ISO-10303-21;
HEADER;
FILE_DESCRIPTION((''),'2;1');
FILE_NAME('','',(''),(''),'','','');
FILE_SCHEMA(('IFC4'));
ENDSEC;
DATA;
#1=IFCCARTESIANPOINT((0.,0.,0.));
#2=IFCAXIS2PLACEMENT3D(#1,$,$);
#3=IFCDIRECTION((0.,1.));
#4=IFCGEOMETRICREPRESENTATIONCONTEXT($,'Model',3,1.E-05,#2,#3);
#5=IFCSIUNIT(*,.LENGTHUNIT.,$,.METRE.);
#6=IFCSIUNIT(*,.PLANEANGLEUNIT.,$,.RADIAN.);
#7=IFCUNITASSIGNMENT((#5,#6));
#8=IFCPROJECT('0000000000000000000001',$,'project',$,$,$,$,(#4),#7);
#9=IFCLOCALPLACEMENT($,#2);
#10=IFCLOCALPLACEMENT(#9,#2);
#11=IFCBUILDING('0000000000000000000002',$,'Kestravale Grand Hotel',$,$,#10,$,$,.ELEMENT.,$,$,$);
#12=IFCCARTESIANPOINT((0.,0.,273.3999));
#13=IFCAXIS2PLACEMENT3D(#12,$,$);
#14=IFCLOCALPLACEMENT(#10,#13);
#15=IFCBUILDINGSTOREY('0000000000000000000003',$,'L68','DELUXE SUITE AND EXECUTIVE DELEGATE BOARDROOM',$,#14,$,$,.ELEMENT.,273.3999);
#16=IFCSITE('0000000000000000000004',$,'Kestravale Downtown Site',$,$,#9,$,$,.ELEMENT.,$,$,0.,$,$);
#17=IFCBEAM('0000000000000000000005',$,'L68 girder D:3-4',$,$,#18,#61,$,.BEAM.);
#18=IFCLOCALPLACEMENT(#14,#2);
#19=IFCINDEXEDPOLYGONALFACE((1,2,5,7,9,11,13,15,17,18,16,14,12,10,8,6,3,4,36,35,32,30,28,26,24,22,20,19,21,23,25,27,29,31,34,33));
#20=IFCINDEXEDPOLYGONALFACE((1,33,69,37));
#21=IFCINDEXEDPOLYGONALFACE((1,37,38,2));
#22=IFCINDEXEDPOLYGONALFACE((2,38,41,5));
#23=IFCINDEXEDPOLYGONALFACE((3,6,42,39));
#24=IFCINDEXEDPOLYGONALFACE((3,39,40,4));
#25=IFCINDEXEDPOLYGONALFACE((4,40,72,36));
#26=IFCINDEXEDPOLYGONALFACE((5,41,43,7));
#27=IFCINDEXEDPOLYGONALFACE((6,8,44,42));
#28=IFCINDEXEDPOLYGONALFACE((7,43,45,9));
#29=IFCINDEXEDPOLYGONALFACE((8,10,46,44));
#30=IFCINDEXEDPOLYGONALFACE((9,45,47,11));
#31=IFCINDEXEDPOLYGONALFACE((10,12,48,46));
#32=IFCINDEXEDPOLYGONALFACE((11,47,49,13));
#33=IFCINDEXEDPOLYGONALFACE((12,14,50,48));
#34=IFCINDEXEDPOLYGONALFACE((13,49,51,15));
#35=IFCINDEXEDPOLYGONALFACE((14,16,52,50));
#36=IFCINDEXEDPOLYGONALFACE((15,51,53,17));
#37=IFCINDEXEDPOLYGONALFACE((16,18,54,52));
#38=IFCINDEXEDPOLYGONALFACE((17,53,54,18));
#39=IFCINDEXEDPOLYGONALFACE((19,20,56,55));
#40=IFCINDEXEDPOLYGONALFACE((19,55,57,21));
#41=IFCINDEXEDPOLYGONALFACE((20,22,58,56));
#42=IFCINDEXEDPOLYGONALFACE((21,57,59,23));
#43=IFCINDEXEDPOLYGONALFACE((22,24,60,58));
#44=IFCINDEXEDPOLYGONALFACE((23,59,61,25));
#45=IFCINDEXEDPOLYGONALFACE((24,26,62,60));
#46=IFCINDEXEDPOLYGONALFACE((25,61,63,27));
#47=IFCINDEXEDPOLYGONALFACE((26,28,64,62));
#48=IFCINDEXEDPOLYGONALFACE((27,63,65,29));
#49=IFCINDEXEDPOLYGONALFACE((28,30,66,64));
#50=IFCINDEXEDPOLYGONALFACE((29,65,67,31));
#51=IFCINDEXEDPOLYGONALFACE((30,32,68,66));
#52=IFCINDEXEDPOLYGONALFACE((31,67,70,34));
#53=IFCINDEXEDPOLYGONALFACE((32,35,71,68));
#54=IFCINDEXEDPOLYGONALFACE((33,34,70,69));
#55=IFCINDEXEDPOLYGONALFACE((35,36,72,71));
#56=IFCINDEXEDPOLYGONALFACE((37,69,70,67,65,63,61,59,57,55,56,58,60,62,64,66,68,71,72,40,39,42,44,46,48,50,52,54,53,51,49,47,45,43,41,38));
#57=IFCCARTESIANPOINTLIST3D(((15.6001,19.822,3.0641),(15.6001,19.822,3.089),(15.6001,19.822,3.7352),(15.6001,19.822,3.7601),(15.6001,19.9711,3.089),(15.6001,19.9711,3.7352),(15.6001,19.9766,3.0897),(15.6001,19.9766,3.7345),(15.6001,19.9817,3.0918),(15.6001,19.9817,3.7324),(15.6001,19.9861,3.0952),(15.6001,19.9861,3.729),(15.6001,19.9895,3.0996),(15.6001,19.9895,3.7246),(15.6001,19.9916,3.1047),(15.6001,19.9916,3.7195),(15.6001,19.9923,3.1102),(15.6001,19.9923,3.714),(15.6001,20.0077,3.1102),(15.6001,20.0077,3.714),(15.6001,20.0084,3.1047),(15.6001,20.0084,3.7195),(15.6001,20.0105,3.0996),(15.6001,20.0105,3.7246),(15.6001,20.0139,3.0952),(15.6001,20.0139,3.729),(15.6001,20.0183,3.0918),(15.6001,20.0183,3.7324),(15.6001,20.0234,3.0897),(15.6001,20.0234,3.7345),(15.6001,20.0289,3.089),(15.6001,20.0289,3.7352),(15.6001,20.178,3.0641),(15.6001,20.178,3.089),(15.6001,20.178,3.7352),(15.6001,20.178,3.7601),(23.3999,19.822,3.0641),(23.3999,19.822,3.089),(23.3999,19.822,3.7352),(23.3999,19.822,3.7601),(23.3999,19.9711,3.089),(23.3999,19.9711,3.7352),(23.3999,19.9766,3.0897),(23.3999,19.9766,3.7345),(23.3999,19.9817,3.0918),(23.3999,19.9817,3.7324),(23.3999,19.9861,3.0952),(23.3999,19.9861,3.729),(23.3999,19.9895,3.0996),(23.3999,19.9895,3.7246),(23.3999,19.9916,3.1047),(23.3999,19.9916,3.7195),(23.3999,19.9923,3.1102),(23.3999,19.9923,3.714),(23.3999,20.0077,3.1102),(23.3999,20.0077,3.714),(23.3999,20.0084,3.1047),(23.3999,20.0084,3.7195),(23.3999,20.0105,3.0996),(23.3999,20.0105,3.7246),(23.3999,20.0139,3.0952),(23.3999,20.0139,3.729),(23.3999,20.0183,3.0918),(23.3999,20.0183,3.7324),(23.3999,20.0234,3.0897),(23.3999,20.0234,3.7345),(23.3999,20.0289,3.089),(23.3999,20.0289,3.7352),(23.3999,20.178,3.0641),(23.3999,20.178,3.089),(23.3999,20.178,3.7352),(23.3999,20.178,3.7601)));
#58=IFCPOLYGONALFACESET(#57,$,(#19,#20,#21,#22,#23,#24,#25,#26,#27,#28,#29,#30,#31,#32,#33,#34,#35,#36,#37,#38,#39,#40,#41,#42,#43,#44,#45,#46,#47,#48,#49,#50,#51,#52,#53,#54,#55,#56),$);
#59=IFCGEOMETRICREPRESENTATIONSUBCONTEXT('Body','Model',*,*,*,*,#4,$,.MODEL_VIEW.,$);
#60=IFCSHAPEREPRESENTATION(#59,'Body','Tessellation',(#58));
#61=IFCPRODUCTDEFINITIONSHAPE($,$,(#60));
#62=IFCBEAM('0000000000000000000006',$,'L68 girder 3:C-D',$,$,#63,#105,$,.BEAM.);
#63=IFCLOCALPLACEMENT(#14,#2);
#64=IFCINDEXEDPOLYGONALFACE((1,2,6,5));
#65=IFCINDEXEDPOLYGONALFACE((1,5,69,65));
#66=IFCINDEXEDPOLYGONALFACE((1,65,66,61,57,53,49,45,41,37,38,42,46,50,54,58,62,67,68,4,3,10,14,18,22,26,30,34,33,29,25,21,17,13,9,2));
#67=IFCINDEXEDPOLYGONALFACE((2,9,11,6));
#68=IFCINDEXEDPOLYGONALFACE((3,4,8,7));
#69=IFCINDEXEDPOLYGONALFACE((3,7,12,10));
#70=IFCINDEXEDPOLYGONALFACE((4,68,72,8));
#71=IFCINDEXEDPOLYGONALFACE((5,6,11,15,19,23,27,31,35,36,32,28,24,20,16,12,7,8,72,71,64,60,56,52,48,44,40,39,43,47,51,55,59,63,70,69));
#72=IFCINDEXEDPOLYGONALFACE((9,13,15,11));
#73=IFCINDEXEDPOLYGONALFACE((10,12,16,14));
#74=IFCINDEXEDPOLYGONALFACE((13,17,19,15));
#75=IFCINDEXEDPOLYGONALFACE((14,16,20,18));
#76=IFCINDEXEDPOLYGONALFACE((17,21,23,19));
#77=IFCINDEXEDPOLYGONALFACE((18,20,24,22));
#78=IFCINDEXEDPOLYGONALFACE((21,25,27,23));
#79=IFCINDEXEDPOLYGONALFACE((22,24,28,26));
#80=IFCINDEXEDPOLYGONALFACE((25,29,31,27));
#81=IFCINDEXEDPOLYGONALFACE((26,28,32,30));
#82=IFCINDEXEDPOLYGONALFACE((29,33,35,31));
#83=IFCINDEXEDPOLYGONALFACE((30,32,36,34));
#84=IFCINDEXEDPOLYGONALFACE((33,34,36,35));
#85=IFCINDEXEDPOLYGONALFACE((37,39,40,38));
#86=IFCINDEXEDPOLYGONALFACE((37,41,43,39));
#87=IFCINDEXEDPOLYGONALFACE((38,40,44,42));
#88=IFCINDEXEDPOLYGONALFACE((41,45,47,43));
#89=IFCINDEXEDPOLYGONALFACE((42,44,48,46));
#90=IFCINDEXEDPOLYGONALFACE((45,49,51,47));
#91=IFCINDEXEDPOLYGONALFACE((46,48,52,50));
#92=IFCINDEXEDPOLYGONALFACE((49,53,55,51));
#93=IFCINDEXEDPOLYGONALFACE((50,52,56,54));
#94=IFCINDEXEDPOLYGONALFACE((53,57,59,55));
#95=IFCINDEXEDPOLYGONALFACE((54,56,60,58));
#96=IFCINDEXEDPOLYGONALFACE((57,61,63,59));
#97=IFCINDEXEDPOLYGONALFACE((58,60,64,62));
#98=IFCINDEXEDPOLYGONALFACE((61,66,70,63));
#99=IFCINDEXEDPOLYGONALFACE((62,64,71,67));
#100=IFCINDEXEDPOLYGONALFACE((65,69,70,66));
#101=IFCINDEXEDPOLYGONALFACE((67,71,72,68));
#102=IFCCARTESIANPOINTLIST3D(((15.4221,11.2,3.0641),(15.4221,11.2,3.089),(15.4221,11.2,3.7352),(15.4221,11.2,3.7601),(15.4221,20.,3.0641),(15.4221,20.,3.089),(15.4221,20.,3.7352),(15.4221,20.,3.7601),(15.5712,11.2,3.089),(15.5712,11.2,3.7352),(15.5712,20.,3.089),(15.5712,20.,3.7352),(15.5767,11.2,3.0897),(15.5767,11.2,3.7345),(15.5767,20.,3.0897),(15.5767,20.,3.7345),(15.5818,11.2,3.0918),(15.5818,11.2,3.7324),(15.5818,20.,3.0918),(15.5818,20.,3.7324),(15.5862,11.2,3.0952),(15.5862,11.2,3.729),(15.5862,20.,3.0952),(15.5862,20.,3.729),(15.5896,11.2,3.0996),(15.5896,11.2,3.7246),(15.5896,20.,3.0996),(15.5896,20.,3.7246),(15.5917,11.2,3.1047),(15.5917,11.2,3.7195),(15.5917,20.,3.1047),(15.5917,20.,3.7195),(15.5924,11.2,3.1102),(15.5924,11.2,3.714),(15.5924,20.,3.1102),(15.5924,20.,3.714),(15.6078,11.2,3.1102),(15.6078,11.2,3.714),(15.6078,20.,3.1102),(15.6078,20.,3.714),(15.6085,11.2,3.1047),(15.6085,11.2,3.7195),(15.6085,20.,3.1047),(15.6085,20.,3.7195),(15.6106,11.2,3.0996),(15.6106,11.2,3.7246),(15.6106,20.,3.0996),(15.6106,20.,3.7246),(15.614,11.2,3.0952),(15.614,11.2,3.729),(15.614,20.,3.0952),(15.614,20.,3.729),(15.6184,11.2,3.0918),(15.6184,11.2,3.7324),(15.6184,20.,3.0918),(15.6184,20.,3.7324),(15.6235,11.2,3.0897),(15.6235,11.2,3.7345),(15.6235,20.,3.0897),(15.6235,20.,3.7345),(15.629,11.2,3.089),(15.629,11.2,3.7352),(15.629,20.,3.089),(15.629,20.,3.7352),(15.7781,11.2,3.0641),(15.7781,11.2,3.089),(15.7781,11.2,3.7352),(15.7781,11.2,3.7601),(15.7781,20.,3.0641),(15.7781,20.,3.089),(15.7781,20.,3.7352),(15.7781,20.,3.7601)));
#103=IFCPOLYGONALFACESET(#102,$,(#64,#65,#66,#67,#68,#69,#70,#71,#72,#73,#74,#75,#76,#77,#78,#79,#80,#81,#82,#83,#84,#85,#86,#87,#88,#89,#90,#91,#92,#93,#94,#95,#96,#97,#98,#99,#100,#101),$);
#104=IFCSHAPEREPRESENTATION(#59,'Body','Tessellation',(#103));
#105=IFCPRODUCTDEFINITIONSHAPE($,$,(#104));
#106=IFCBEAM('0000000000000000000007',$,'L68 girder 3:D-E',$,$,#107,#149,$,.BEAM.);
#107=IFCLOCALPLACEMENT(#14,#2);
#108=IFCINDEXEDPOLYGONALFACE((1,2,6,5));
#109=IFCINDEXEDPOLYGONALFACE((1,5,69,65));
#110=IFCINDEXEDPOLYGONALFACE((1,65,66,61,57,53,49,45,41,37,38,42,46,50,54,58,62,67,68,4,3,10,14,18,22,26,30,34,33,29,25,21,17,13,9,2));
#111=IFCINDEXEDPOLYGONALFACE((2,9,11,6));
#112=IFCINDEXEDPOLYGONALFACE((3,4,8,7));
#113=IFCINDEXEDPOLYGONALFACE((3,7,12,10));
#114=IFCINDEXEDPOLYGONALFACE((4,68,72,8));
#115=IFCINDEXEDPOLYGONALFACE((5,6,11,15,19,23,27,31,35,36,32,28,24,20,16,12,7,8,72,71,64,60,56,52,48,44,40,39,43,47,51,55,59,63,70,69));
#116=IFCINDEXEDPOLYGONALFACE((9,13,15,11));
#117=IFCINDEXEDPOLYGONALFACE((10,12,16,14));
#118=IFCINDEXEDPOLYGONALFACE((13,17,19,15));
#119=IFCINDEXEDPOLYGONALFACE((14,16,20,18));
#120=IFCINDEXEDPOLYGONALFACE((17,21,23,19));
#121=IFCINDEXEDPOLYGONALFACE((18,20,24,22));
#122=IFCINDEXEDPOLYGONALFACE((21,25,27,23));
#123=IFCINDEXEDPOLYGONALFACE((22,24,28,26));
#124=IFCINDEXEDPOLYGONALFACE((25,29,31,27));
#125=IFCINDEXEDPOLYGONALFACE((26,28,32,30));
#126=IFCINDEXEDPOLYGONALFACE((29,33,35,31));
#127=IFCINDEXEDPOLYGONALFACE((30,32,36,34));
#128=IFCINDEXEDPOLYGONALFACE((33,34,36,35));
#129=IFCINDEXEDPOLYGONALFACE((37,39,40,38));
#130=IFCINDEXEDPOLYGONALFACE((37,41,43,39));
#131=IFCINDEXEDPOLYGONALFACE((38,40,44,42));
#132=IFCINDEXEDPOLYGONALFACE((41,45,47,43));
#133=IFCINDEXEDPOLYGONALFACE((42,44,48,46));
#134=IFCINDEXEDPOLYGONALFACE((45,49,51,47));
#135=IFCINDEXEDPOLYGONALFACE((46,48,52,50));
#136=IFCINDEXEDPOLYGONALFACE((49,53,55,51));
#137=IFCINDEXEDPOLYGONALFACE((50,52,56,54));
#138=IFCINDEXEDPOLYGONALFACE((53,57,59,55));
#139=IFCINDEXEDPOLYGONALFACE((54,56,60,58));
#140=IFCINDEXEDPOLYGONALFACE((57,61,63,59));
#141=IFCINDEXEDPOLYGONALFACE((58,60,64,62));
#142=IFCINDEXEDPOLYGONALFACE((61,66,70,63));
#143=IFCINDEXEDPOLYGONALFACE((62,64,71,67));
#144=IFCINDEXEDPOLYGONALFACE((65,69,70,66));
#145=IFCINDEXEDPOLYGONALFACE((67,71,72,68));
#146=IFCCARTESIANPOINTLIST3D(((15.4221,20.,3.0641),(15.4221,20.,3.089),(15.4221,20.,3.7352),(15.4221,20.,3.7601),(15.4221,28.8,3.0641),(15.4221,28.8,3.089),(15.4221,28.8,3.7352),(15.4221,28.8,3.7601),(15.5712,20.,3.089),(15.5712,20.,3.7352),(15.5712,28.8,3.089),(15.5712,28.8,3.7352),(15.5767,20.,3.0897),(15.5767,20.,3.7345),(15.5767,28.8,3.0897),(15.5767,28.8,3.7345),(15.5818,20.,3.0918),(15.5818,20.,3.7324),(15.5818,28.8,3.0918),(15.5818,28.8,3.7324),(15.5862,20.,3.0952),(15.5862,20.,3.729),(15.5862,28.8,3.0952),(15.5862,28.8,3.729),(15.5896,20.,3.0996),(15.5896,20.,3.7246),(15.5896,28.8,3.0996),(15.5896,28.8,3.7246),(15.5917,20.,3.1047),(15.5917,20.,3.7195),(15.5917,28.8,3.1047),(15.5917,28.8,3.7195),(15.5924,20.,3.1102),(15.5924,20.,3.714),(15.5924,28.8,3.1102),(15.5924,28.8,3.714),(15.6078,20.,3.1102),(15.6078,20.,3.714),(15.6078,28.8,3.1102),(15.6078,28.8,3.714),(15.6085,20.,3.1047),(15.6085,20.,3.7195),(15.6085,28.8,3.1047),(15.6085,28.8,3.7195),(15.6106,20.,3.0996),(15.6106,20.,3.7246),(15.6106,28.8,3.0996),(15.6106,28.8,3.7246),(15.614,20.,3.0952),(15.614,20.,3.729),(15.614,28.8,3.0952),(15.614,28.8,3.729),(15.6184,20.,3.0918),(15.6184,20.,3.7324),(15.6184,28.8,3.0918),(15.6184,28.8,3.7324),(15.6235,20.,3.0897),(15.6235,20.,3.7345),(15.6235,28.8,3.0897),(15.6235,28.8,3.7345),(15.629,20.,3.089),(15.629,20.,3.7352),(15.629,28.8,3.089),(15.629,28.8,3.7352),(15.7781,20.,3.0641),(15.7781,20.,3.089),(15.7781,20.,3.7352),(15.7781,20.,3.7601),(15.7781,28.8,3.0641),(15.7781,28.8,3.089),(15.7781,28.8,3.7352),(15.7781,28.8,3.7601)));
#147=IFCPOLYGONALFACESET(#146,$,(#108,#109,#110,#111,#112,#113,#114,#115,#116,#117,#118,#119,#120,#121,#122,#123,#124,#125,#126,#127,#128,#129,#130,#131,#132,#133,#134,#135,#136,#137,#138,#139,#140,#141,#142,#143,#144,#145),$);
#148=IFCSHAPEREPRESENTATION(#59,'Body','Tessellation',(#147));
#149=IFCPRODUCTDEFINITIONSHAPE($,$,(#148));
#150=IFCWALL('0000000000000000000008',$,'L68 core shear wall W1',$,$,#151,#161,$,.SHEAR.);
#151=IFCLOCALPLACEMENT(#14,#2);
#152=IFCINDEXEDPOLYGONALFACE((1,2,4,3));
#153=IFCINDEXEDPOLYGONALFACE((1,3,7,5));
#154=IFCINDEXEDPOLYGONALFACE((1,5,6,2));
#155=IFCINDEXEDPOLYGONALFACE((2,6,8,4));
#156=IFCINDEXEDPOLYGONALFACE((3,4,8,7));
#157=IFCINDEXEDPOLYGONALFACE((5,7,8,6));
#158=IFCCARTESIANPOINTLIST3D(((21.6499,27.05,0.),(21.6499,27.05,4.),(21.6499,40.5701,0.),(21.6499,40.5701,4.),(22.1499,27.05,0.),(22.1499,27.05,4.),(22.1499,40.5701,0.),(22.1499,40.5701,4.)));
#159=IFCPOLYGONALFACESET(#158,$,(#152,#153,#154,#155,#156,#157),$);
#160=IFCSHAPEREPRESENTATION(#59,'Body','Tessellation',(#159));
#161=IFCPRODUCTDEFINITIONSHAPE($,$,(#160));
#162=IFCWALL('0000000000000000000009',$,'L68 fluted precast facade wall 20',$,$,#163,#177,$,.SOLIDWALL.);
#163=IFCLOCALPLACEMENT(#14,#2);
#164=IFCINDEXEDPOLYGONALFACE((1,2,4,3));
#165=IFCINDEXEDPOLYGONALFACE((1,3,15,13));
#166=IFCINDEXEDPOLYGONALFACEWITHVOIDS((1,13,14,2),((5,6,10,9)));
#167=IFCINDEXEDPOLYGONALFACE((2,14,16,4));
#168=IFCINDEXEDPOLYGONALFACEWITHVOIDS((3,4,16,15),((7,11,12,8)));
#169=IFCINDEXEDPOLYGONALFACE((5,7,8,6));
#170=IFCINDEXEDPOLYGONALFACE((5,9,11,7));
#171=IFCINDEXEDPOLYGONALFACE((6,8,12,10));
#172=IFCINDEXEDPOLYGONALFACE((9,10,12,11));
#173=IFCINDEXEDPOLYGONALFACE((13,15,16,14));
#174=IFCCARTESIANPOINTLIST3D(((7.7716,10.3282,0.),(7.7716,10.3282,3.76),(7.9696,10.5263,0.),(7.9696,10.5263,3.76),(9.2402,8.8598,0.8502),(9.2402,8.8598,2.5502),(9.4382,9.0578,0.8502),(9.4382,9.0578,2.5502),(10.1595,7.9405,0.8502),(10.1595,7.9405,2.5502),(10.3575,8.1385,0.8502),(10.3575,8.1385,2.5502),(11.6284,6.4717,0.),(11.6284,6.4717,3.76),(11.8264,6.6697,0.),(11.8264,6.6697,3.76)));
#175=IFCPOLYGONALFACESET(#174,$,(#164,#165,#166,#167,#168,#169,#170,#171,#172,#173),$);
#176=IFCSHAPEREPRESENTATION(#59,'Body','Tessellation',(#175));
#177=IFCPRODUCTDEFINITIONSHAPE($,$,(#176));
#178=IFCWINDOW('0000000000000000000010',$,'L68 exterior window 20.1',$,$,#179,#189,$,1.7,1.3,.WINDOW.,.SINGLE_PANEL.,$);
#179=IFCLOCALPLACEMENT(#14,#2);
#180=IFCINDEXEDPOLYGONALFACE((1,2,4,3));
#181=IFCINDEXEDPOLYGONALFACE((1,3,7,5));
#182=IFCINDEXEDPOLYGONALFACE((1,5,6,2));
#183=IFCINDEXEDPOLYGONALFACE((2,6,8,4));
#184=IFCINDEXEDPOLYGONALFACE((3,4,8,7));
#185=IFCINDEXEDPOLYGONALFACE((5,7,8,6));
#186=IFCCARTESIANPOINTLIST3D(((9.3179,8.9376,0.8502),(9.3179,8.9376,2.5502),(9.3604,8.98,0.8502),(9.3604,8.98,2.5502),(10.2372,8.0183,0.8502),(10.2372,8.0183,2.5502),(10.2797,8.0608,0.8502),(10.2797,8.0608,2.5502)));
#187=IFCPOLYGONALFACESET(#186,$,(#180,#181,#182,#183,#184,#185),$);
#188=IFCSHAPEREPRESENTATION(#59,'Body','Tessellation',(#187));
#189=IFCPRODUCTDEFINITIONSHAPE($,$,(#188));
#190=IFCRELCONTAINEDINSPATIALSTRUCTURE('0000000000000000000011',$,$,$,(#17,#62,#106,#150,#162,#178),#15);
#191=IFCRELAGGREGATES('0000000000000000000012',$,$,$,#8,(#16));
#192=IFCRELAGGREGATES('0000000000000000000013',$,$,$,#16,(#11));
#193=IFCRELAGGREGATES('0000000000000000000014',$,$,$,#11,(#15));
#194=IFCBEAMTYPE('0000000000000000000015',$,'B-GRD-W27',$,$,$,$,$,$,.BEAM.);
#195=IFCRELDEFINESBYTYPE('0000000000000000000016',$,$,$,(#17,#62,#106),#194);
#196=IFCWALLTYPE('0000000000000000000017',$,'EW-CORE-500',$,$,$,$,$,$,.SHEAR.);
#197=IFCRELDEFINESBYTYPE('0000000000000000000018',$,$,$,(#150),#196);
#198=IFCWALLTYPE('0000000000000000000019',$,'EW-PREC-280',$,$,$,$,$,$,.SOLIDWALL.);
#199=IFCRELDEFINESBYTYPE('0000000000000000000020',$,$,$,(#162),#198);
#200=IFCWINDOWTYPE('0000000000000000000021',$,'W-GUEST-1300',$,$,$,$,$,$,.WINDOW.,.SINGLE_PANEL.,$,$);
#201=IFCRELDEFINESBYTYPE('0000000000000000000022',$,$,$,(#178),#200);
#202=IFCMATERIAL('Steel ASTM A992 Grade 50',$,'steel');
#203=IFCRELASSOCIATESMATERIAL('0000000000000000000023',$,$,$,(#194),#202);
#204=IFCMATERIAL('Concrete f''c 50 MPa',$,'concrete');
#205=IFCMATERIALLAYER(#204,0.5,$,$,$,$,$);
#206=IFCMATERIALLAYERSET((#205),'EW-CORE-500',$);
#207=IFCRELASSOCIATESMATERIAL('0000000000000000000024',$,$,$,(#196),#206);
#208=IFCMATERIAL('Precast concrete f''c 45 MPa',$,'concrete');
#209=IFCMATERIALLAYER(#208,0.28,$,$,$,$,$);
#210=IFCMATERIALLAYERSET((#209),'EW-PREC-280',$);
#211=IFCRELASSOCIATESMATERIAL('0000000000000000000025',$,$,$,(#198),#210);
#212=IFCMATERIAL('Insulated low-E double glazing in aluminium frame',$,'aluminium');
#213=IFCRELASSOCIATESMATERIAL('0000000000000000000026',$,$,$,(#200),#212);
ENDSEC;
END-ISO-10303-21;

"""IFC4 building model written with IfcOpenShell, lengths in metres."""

from ifc_helpers import new_model, si_unit, direction, frame, frame_2d, origin, origin_2d, place, context, subcontext, project, spatial, rectangle, i_section, extrude, material, layer, layer_set, material_profile, profile_set, type_object, element, fill, save


model = new_model("IFC4")

# Units and contexts
model_context = context("Model", 3, precision=1e-05, world=origin(), true_north=direction((0.0, 1.0)))
body_context = subcontext(model_context, "Body", "Model", "MODEL_VIEW")
ifc_project = project(units=[si_unit("LENGTHUNIT", "METRE"), si_unit("PLANEANGLEUNIT", "RADIAN")], contexts=[model_context])

# Site, building, storey
site_placement = place(None, origin())
site = spatial("IfcSite", under=ifc_project, at=site_placement, Name="Kestravale Downtown Site", CompositionType="ELEMENT", RefElevation=0.0)
building_placement = place(site_placement, origin())
building = spatial("IfcBuilding", under=site, at=building_placement, Name="Kestravale Grand Hotel", CompositionType="ELEMENT")
storey_placement = place(building_placement, frame((0.0, 0.0, 273.3999)))
storey = spatial("IfcBuildingStorey", under=building, at=storey_placement, Name="L68", Description="DELUXE SUITE AND EXECUTIVE DELEGATE BOARDROOM", CompositionType="ELEMENT", Elevation=273.3999)

# Beams
ifc_material_1 = material(Name="Steel ASTM A992 Grade 50", Category="steel")
ifc_material_profile_1 = material_profile(ifc_material_1, i_section(OverallWidth=0.356, OverallDepth=0.696, WebThickness=0.0154, FlangeThickness=0.0249, FilletRadius=0.0212, at=origin_2d()))
ifc_profile_set_1 = profile_set([ifc_material_profile_1], Name="Steel ASTM A992 Grade 50")
beam_type_1 = type_object("IfcBeamType", Name="B-GRD-W27", PredefinedType="BEAM", material=ifc_profile_set_1)
for number, where, z_axis, x_axis, name in (
    (1, (15.6001, 20.0, 3.4121), (1.0, 0.0, 0.0), (0.0, 1.0, 0.0), "L68 girder D:3-4"),
):
    element("IfcBeam", number, at=place(storey_placement, frame(where, z_axis=z_axis, x_axis=x_axis)), inside=storey, type_object=beam_type_1, Name=name, PredefinedType="BEAM", context=body_context, shape_type="SweptSolid", body=[
        extrude(i_section(OverallWidth=0.356, OverallDepth=0.696, WebThickness=0.0154, FlangeThickness=0.0249, FilletRadius=0.0212, at=origin_2d()), origin(), (0.0, 0.0, 1.0), 7.7998),
    ])
for number, where, z_axis, x_axis, name in (
    (2, (15.6001, 11.2, 3.4121), (0.0, 1.0, 0.0), (-1.0, 0.0, 0.0), "L68 girder 3:C-D"),
    (3, (15.6001, 20.0, 3.4121), (0.0, 1.0, 0.0), (-1.0, 0.0, 0.0), "L68 girder 3:D-E"),
):
    element("IfcBeam", number, at=place(storey_placement, frame(where, z_axis=z_axis, x_axis=x_axis)), inside=storey, type_object=beam_type_1, Name=name, PredefinedType="BEAM", context=body_context, shape_type="SweptSolid", body=[
        extrude(i_section(OverallWidth=0.356, OverallDepth=0.696, WebThickness=0.0154, FlangeThickness=0.0249, FilletRadius=0.0212, at=origin_2d()), origin(), (0.0, 0.0, 1.0), 8.8),
    ])

# Wall
ifc_material_2 = material(Name="Concrete f'c 50 MPa", Category="concrete")
ifc_layer_1 = layer(ifc_material_2, 0.5)
ifc_layer_set_1 = layer_set([ifc_layer_1], Name="EW-CORE-500")
wall_type_1 = type_object("IfcWallType", Name="EW-CORE-500", PredefinedType="SHEAR", material=ifc_layer_set_1)
wall_1_placement = place(storey_placement, frame((21.8999, 27.05, 0.0), z_axis=(0.0, 0.0, 1.0), x_axis=(0.0, 1.0, 0.0)))
element("IfcWall", 4, at=wall_1_placement, inside=storey, type_object=wall_type_1, Name="L68 core shear wall W1", PredefinedType="SHEAR", context=body_context, shape_type="SweptSolid", body=[
    extrude(rectangle(XDim=13.52, YDim=0.5, at=frame_2d((6.76, 0.0))), origin(), (0.0, 0.0, 1.0), 4.0),
])

# Wall, opening, window
ifc_material_3 = material(Name="Precast concrete f'c 45 MPa", Category="concrete")
ifc_layer_2 = layer(ifc_material_3, 0.28)
ifc_layer_set_2 = layer_set([ifc_layer_2], Name="EW-PREC-280")
wall_type_2 = type_object("IfcWallType", Name="EW-PREC-280", PredefinedType="SOLIDWALL", material=ifc_layer_set_2)
wall_2_placement = place(storey_placement, frame((7.8706, 10.4272, 0.0), z_axis=(0.0, 0.0, 1.0), x_axis=(0.707129, -0.707084, 0.0)))
wall_2 = element("IfcWall", 5, at=wall_2_placement, inside=storey, type_object=wall_type_2, Name="L68 fluted precast facade wall 20", PredefinedType="SOLIDWALL", context=body_context, shape_type="SweptSolid", body=[
    extrude(rectangle(XDim=5.4541, YDim=0.28, at=frame_2d((2.7271, 0.0))), origin(), (0.0, 0.0, 1.0), 3.76),
])
opening_1_placement = place(wall_2_placement, frame((2.0769, 0.0, 0.8501)))
opening_1 = element("IfcOpeningElement", 6, at=opening_1_placement, cuts=wall_2, PredefinedType="OPENING", context=body_context, shape_type="SweptSolid", body=[
    extrude(rectangle(XDim=1.3, YDim=1.7, at=frame_2d((0.6499, 0.8501))), frame((0.0, 0.1499, 0.0), z_axis=(0.0, -1.0, 0.0), x_axis=(1.0, 0.0, 0.0)), (0.0, 0.0, 1.0), 0.3),
])
ifc_material_4 = material(Name="Insulated low-E double glazing in aluminium frame", Category="aluminium")
window_type = type_object("IfcWindowType", Name="W-GUEST-1300", PartitioningType="SINGLE_PANEL", PredefinedType="WINDOW", material=ifc_material_4)
window_placement = place(opening_1_placement, origin())
window = element("IfcWindow", 7, at=window_placement, inside=storey, type_object=window_type, Name="L68 exterior window 20.1", OverallHeight=1.7, OverallWidth=1.3, PartitioningType="SINGLE_PANEL", PredefinedType="WINDOW", context=body_context, shape_type="SweptSolid", body=[
    extrude(rectangle(XDim=1.3, YDim=1.7, at=frame_2d((0.6499, 0.8501))), frame((0.0, 0.03, 0.0), z_axis=(0.0, -1.0, 0.0), x_axis=(1.0, 0.0, 0.0)), (0.0, 0.0, 1.0), 0.0601),
])
fill(opening_1, window)

save(model, "model.ifc")
